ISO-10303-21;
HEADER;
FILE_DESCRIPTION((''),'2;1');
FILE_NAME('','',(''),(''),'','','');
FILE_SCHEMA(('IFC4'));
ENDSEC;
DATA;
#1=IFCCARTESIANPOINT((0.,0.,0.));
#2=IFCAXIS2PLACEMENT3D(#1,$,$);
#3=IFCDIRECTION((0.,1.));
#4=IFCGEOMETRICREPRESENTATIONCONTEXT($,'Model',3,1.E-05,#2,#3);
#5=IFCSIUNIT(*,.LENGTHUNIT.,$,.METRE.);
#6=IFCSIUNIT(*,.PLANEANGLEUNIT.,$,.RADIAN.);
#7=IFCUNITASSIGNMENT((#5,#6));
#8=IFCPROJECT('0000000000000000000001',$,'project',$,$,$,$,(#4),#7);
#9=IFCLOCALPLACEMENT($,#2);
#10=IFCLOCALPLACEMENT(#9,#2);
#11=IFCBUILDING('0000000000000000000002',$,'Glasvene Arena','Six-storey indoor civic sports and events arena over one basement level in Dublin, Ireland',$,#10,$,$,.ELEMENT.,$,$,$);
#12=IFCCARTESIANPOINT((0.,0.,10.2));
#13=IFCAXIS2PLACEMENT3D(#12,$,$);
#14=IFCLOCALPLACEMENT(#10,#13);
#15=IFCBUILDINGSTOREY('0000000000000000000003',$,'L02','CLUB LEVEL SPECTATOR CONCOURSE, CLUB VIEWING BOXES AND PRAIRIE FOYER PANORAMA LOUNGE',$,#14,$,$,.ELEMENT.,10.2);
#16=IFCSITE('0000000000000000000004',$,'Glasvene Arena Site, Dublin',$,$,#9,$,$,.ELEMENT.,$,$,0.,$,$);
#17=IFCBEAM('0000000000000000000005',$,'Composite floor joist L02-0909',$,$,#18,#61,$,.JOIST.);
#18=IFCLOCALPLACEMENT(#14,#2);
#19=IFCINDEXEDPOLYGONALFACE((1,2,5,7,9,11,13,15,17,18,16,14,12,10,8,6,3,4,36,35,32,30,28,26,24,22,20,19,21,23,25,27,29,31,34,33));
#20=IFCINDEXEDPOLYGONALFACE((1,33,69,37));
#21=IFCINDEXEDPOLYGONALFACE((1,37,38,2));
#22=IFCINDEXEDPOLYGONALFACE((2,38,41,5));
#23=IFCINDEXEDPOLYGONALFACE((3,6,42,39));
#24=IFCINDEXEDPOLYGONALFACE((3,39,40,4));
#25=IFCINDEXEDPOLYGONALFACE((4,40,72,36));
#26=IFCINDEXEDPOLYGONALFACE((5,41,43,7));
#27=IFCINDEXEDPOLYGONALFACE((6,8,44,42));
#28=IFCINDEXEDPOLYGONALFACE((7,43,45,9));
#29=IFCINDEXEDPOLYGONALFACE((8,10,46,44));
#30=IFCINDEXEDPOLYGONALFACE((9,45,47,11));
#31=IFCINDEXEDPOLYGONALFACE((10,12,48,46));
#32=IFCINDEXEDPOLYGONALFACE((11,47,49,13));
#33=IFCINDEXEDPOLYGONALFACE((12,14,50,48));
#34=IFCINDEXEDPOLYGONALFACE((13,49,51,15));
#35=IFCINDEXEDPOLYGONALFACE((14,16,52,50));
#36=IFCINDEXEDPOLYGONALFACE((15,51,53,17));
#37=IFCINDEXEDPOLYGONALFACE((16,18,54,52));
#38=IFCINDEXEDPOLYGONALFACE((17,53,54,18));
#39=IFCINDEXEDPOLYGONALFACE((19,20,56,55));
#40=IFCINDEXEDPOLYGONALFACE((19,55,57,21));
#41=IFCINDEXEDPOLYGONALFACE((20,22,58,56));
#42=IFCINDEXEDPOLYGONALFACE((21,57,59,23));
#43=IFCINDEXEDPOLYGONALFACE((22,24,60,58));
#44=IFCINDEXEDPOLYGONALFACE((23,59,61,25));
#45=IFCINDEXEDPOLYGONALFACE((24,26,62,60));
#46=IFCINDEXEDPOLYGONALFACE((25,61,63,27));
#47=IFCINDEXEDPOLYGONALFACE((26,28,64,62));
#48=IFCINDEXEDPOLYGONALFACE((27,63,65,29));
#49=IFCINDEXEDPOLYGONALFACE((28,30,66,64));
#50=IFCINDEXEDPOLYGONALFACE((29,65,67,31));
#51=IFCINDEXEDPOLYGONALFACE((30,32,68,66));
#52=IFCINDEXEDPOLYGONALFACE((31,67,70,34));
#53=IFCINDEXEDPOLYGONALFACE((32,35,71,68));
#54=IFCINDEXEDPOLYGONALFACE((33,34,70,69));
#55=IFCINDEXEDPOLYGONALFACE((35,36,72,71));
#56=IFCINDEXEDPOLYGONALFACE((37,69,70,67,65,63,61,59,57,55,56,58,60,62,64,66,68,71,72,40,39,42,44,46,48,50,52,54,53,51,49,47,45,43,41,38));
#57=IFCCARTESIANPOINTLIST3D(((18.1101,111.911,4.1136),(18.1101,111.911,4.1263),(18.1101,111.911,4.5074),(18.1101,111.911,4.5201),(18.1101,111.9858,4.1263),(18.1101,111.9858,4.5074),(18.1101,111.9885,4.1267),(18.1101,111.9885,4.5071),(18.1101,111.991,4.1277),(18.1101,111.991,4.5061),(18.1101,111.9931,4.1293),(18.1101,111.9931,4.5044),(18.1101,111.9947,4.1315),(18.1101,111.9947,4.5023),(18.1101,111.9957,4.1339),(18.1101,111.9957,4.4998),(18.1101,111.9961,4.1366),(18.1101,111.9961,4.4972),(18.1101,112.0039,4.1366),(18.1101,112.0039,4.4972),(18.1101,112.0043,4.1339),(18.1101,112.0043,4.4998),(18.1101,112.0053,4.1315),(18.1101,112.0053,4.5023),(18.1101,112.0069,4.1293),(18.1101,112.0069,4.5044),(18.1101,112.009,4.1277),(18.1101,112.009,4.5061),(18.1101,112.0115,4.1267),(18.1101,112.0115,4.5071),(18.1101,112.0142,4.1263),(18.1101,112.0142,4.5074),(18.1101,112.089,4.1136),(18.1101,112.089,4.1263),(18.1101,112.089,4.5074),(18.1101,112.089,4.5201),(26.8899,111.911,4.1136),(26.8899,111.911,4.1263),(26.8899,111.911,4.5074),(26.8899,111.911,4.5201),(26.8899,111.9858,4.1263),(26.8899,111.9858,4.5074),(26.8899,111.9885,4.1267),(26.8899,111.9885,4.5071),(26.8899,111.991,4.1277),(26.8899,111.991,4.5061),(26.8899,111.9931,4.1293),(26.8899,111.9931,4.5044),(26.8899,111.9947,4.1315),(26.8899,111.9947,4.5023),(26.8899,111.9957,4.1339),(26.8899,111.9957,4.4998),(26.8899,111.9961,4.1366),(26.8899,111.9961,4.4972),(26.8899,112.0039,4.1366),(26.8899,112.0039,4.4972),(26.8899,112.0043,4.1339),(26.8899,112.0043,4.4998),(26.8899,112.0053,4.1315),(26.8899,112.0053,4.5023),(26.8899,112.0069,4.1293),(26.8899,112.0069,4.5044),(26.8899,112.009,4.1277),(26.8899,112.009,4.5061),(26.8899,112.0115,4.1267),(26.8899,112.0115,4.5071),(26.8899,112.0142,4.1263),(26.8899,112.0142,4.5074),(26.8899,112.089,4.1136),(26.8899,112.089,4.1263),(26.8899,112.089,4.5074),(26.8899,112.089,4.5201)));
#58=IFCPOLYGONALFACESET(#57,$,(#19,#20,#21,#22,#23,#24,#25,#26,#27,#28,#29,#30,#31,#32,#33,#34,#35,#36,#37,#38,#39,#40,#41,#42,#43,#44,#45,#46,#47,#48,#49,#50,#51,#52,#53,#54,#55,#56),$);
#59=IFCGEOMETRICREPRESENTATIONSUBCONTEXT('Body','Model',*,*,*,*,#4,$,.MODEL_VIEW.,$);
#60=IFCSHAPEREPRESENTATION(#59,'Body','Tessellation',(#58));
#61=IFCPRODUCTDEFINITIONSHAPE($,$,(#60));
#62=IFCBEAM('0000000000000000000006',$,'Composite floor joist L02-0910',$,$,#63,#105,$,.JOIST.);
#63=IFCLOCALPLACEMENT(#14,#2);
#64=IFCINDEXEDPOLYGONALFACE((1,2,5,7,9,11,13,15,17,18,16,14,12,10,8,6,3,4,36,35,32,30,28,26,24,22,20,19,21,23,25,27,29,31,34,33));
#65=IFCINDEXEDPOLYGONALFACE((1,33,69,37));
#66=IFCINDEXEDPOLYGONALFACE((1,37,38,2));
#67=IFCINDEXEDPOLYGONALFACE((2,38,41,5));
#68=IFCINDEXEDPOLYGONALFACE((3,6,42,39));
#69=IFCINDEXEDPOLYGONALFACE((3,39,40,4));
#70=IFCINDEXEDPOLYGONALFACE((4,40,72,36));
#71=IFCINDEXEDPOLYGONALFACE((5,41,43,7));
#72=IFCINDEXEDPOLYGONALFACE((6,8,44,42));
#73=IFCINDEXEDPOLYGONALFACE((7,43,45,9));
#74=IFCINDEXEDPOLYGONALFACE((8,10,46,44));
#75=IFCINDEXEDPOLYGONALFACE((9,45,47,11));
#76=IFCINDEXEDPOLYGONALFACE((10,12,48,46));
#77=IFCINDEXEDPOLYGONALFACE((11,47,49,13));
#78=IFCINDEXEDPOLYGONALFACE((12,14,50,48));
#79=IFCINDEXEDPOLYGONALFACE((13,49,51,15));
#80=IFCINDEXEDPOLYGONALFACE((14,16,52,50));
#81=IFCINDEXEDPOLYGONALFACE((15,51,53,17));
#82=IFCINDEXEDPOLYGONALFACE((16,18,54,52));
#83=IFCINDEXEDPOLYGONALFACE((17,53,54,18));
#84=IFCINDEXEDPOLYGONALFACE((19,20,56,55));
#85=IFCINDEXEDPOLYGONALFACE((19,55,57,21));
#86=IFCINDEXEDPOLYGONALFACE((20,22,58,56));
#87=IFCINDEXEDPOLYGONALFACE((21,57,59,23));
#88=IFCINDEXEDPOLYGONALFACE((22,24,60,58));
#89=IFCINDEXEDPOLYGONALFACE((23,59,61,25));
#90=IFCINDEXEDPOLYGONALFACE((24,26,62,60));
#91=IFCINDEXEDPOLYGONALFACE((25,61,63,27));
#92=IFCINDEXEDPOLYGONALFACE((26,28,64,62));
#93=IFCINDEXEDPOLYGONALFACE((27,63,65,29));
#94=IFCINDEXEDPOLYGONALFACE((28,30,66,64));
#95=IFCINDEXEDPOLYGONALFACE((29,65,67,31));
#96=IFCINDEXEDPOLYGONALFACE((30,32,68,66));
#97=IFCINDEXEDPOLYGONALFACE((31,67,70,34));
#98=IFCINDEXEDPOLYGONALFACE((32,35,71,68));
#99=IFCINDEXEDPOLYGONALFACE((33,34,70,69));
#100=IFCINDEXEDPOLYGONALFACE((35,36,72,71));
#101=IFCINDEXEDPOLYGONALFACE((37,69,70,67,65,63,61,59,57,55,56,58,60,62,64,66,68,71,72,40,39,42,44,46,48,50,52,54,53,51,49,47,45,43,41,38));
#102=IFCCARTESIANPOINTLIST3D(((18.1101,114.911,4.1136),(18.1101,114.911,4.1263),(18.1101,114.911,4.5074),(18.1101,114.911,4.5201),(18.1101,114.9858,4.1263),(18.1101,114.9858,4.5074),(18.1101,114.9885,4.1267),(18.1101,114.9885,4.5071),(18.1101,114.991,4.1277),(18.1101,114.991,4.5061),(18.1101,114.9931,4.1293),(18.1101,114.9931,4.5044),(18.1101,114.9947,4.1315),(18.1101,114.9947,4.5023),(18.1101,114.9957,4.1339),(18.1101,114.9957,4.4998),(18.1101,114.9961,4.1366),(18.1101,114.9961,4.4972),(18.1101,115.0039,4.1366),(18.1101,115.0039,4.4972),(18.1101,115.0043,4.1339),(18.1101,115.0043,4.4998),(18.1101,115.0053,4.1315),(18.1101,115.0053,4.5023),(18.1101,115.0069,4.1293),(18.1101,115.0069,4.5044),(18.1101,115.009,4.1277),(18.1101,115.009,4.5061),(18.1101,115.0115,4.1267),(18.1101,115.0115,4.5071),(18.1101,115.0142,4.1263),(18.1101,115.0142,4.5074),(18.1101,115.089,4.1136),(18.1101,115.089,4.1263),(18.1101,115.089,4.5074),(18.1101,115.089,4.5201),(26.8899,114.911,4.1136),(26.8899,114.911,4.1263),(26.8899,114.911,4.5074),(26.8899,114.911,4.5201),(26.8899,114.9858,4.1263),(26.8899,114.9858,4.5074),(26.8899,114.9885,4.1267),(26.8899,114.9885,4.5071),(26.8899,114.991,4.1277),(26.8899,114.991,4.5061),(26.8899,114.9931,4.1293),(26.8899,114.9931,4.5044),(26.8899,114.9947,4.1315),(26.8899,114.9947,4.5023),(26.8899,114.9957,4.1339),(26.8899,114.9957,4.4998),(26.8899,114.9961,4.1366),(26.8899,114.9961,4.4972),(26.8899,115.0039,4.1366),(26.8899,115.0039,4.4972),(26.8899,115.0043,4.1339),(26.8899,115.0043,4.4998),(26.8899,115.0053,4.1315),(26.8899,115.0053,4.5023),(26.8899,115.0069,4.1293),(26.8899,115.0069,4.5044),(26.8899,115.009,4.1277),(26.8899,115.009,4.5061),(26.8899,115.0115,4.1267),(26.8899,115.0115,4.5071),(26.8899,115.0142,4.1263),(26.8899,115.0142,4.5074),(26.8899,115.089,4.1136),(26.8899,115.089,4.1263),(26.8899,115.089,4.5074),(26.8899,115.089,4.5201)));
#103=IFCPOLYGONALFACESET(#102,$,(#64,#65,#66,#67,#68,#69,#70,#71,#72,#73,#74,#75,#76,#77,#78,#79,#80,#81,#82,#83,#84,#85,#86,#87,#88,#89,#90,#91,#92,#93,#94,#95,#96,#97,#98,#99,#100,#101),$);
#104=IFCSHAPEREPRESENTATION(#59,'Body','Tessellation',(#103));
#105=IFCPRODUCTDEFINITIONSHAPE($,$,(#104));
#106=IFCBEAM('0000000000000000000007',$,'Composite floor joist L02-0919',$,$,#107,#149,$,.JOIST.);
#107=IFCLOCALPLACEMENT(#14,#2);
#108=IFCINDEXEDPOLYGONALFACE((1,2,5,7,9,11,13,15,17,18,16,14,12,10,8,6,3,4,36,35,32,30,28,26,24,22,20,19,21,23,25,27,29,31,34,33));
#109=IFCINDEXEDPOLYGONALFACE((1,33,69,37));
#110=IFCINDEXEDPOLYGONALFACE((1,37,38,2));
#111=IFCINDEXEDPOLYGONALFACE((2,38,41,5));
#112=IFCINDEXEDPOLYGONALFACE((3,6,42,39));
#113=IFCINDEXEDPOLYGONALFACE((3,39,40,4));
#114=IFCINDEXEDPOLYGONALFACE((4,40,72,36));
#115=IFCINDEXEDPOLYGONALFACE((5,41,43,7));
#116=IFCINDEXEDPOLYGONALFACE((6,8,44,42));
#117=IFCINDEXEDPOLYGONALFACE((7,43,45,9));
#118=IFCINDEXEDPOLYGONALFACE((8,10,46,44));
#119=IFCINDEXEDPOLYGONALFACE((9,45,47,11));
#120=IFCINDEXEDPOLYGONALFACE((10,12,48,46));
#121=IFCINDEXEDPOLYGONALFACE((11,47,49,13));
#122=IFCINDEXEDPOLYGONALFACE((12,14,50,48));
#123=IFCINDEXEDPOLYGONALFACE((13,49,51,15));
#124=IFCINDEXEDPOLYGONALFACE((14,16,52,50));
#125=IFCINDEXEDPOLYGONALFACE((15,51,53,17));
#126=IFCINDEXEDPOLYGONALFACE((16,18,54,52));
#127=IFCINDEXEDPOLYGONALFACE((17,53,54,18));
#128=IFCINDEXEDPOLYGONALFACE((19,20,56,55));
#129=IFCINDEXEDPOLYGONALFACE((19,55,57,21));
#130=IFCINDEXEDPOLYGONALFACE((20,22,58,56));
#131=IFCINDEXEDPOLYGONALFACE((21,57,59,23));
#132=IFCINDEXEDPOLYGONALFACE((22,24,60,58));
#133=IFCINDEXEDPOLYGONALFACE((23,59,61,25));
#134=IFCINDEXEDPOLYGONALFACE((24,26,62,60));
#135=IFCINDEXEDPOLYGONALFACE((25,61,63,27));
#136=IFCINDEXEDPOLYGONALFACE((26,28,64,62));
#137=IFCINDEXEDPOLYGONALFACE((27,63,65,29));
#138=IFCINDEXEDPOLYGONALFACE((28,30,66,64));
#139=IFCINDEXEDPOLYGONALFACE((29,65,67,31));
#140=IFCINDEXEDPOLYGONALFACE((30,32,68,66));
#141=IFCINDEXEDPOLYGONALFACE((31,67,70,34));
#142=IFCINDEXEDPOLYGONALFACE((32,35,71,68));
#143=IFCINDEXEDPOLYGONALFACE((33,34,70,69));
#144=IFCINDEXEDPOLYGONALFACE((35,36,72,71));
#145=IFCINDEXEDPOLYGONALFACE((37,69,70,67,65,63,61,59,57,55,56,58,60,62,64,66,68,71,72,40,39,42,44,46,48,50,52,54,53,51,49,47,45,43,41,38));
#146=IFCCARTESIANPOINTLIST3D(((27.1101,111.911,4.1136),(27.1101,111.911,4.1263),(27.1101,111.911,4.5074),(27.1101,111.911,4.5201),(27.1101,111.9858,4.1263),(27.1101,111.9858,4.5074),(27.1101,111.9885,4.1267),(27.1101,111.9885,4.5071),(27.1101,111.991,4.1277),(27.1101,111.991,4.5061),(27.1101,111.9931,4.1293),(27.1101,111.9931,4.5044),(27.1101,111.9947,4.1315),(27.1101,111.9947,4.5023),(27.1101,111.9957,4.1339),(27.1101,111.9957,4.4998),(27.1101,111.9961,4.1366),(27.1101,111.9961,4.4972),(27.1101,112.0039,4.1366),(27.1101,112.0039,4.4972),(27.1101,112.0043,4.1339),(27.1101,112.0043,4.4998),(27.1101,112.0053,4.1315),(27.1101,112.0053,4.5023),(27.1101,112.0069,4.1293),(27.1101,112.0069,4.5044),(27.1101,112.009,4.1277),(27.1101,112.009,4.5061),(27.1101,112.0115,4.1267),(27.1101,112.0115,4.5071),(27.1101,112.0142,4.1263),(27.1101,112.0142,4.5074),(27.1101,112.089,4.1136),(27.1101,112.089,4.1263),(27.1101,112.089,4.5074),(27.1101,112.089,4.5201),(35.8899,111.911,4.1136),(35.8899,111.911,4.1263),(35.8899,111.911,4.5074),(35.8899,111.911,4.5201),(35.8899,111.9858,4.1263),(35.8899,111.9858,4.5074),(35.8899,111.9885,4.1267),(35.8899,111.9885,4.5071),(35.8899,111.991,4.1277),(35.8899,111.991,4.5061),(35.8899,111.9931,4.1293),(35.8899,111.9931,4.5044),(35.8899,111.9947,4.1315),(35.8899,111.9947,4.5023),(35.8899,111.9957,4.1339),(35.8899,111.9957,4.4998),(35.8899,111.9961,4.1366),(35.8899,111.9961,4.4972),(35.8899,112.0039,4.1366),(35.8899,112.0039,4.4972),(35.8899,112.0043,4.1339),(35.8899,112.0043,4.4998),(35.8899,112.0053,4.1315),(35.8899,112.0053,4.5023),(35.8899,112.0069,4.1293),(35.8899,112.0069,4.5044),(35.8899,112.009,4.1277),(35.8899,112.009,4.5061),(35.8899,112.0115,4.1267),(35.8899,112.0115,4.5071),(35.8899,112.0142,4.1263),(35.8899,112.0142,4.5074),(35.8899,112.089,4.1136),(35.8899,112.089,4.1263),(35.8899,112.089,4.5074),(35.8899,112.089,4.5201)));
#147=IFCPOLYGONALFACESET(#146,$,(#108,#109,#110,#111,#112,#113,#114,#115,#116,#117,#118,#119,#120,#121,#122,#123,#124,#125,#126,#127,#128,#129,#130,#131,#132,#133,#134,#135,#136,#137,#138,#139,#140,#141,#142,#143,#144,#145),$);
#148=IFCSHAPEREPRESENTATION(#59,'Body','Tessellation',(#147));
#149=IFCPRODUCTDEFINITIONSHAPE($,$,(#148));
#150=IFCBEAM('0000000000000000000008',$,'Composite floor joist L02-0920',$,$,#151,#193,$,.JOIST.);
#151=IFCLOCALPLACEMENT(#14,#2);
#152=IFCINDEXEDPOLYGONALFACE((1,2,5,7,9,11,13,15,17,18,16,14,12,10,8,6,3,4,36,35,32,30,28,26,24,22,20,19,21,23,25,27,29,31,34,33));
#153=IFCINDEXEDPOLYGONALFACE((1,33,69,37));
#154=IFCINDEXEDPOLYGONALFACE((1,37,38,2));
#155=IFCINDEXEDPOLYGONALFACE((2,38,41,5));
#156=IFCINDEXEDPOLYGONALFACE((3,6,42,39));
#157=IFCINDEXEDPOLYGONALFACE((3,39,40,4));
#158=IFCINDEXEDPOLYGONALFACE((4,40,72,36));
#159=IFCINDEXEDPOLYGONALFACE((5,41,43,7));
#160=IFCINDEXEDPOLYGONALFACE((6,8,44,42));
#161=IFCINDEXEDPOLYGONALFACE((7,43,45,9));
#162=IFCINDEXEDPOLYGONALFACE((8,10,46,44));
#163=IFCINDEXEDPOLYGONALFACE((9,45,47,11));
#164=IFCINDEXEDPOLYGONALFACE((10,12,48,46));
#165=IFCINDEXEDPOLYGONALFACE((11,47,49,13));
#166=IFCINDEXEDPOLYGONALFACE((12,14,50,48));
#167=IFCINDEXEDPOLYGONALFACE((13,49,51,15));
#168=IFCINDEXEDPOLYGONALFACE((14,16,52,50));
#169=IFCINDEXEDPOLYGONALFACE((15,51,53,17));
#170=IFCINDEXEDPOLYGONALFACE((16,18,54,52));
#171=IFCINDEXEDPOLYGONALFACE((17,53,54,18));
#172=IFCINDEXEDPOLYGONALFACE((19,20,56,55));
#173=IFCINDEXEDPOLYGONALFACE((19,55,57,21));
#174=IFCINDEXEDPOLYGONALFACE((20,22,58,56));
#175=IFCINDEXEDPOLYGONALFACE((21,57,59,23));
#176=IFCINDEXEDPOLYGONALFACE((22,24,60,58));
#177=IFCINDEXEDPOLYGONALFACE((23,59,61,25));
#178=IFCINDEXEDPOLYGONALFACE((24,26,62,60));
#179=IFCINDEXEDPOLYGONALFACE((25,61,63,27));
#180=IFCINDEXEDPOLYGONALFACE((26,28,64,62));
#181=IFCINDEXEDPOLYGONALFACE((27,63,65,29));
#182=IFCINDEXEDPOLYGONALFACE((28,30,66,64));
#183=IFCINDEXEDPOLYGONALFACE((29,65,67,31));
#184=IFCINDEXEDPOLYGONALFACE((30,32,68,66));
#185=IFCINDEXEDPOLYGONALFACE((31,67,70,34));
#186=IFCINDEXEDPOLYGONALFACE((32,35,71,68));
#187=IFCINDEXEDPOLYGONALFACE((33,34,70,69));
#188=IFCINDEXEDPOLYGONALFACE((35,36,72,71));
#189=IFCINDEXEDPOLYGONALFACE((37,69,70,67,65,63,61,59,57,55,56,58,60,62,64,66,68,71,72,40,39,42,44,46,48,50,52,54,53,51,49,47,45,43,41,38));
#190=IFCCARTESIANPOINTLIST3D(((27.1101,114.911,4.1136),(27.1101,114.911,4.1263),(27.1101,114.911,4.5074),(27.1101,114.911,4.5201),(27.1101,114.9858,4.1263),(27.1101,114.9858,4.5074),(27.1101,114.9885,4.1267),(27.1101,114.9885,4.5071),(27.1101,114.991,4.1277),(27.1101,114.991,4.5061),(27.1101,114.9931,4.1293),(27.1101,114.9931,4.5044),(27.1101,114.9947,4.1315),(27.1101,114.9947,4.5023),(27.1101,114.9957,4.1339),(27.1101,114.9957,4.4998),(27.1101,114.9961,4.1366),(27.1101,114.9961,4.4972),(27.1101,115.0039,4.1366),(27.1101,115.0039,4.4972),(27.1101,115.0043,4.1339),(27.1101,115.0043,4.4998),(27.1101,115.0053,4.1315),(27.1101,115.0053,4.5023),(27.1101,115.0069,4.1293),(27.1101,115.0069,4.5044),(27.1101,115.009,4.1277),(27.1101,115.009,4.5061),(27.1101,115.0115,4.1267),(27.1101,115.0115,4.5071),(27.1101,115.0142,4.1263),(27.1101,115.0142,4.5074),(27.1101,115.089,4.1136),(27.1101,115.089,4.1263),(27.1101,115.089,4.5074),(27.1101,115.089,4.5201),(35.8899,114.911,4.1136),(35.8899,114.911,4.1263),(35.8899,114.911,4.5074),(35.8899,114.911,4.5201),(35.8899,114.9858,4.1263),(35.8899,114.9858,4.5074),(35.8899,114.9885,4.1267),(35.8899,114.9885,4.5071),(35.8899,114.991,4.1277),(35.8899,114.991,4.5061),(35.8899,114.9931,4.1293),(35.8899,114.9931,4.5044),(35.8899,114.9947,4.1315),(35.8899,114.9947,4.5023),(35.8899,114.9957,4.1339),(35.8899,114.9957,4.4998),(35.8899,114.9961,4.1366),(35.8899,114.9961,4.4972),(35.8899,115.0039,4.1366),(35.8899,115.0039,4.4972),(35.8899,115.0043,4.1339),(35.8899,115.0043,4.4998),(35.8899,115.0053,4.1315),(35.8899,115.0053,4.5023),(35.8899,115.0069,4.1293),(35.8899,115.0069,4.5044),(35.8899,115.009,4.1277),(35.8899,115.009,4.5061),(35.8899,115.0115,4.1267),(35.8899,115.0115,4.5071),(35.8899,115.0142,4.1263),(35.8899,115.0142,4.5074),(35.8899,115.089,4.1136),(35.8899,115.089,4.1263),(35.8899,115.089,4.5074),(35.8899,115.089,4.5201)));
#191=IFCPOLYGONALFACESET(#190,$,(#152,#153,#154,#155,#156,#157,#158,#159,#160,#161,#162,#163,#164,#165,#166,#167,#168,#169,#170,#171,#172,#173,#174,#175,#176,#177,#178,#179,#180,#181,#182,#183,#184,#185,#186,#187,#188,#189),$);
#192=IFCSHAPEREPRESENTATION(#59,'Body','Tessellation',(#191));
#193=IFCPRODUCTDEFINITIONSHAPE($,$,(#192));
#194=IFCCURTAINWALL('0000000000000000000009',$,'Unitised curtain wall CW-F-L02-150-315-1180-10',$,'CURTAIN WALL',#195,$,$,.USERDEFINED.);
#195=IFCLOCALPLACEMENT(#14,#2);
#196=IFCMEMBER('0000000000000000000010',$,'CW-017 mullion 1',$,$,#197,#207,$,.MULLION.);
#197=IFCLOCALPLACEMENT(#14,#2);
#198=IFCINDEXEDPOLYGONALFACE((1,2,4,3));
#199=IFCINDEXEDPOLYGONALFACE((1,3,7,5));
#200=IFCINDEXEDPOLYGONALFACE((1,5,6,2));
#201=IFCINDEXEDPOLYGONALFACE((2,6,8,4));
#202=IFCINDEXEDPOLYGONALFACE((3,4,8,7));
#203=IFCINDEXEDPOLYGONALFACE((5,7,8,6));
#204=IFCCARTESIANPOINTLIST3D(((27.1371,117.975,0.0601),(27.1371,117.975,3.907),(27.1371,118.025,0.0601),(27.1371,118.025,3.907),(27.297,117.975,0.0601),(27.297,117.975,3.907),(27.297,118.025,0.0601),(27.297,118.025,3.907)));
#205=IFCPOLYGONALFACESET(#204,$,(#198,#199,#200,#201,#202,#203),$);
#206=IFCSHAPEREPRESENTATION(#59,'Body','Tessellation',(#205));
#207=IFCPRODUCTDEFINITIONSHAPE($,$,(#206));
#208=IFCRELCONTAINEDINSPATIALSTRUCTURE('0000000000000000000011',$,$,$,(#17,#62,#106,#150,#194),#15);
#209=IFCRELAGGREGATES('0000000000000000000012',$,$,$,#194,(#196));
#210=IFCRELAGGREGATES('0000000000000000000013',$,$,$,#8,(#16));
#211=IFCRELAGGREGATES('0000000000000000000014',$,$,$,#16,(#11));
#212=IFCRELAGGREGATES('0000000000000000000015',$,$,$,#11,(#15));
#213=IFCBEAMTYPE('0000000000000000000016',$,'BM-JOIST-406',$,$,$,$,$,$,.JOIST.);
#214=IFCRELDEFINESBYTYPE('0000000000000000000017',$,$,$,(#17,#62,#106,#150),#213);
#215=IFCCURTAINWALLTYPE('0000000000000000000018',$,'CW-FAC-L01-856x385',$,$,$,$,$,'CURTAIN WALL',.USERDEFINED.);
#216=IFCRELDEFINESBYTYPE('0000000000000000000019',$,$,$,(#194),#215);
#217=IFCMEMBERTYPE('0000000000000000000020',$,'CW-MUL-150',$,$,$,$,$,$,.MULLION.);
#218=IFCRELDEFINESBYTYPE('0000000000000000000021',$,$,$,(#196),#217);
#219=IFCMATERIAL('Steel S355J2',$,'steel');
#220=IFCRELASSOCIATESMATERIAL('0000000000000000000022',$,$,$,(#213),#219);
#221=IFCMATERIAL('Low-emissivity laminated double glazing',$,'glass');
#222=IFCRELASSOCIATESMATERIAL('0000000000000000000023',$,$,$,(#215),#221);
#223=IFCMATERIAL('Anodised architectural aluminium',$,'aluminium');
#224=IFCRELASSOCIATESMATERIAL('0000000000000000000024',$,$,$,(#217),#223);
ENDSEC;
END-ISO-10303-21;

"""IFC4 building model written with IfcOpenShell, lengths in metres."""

from ifc_helpers import new_model, si_unit, direction, frame, origin, origin_2d, place, context, subcontext, project, spatial, rectangle, i_section, extrude, material, material_profile, profile_set, type_object, element, aggregate, save


model = new_model("IFC4")

# Units and contexts
model_context = context("Model", 3, precision=1e-05, world=origin(), true_north=direction((0.0, 1.0)))
body_context = subcontext(model_context, "Body", "Model", "MODEL_VIEW")
ifc_project = project(units=[si_unit("LENGTHUNIT", "METRE"), si_unit("PLANEANGLEUNIT", "RADIAN")], contexts=[model_context])

# Site, building, storey
site_placement = place(None, origin())
site = spatial("IfcSite", under=ifc_project, at=site_placement, Name="Glasvene Arena Site, Dublin", CompositionType="ELEMENT", RefElevation=0.0)
building_placement = place(site_placement, origin())
building = spatial("IfcBuilding", under=site, at=building_placement, Name="Glasvene Arena", Description="Six-storey indoor civic sports and events arena over one basement level in Dublin, Ireland", CompositionType="ELEMENT")
storey_placement = place(building_placement, frame((0.0, 0.0, 10.2)))
storey = spatial("IfcBuildingStorey", under=building, at=storey_placement, Name="L02", Description="CLUB LEVEL SPECTATOR CONCOURSE, CLUB VIEWING BOXES AND PRAIRIE FOYER PANORAMA LOUNGE", CompositionType="ELEMENT", Elevation=10.2)

# Shared definitions
ifc_material_1 = material(Name="Steel S355J2", Category="steel")

# Beams
ifc_material_profile_1 = material_profile(ifc_material_1, i_section(OverallWidth=0.178, OverallDepth=0.4065, WebThickness=0.0078, FlangeThickness=0.0127, FilletRadius=0.0103, at=origin_2d()), Name="UKB 406x178x60")
ifc_profile_set_1 = profile_set([ifc_material_profile_1], Name="Steel S355J2")
beam_type_1 = type_object("IfcBeamType", Name="BM-JOIST-406", PredefinedType="JOIST", material=ifc_profile_set_1)
for number, where, z_axis, x_axis, name in (
    (1, (18.1101, 112.0, 4.3169), (1.0, 0.0, 0.0), (0.0, 1.0, 0.0), "Composite floor joist L02-0909"),
    (2, (18.1101, 115.0, 4.3169), (1.0, 0.0, 0.0), (0.0, 1.0, 0.0), "Composite floor joist L02-0910"),
    (3, (27.1101, 112.0, 4.3169), (1.0, 0.0, 0.0), (0.0, 1.0, 0.0), "Composite floor joist L02-0919"),
    (4, (27.1101, 115.0, 4.3169), (1.0, 0.0, 0.0), (0.0, 1.0, 0.0), "Composite floor joist L02-0920"),
):
    element("IfcBeam", number, at=place(storey_placement, frame(where, z_axis=z_axis, x_axis=x_axis)), inside=storey, type_object=beam_type_1, Name=name, PredefinedType="JOIST", context=body_context, shape_type="SweptSolid", body=[
        extrude(i_section(OverallWidth=0.178, OverallDepth=0.4065, WebThickness=0.0078, FlangeThickness=0.0127, FilletRadius=0.0103, at=origin_2d()), origin(), (0.0, 0.0, 1.0), 8.7798),
    ])

# Curtain wall, member
ifc_material_2 = material(Name="Low-emissivity laminated double glazing", Category="glass")
curtain_wall_type = type_object("IfcCurtainWallType", Name="CW-FAC-L01-856x385", ElementType="CURTAIN WALL", PredefinedType="USERDEFINED", material=ifc_material_2)
curtain_wall_placement = place(storey_placement, frame((27.1919, 118.0, 0.0)))
curtain_wall = element("IfcCurtainWall", 5, at=curtain_wall_placement, inside=storey, type_object=curtain_wall_type, Name="Unitised curtain wall CW-F-L02-150-315-1180-10", ObjectType="CURTAIN WALL", PredefinedType="USERDEFINED")
ifc_material_3 = material(Name="Anodised architectural aluminium", Category="aluminium")
ifc_material_profile_2 = material_profile(ifc_material_3, rectangle(XDim=0.05, YDim=0.1599, at=origin_2d()), Name="ALU MULLION 50x160")
ifc_profile_set_2 = profile_set([ifc_material_profile_2], Name="Anodised architectural aluminium")
member_type_1 = type_object("IfcMemberType", Name="CW-MUL-150", PredefinedType="MULLION", material=ifc_profile_set_2)
member_1_placement = place(storey_placement, frame((27.217, 118.0, 0.0601), z_axis=(0.0, 0.0, 1.0), x_axis=(0.0, 1.0, 0.0)))
member_1 = element("IfcMember", 6, at=member_1_placement, type_object=member_type_1, Name="CW-017 mullion 1", PredefinedType="MULLION", context=body_context, shape_type="SweptSolid", body=[
    extrude(rectangle(XDim=0.05, YDim=0.1599, at=origin_2d()), origin(), (0.0, 0.0, 1.0), 3.8469),
])
aggregate(curtain_wall, [member_1])

save(model, "model.ifc")
